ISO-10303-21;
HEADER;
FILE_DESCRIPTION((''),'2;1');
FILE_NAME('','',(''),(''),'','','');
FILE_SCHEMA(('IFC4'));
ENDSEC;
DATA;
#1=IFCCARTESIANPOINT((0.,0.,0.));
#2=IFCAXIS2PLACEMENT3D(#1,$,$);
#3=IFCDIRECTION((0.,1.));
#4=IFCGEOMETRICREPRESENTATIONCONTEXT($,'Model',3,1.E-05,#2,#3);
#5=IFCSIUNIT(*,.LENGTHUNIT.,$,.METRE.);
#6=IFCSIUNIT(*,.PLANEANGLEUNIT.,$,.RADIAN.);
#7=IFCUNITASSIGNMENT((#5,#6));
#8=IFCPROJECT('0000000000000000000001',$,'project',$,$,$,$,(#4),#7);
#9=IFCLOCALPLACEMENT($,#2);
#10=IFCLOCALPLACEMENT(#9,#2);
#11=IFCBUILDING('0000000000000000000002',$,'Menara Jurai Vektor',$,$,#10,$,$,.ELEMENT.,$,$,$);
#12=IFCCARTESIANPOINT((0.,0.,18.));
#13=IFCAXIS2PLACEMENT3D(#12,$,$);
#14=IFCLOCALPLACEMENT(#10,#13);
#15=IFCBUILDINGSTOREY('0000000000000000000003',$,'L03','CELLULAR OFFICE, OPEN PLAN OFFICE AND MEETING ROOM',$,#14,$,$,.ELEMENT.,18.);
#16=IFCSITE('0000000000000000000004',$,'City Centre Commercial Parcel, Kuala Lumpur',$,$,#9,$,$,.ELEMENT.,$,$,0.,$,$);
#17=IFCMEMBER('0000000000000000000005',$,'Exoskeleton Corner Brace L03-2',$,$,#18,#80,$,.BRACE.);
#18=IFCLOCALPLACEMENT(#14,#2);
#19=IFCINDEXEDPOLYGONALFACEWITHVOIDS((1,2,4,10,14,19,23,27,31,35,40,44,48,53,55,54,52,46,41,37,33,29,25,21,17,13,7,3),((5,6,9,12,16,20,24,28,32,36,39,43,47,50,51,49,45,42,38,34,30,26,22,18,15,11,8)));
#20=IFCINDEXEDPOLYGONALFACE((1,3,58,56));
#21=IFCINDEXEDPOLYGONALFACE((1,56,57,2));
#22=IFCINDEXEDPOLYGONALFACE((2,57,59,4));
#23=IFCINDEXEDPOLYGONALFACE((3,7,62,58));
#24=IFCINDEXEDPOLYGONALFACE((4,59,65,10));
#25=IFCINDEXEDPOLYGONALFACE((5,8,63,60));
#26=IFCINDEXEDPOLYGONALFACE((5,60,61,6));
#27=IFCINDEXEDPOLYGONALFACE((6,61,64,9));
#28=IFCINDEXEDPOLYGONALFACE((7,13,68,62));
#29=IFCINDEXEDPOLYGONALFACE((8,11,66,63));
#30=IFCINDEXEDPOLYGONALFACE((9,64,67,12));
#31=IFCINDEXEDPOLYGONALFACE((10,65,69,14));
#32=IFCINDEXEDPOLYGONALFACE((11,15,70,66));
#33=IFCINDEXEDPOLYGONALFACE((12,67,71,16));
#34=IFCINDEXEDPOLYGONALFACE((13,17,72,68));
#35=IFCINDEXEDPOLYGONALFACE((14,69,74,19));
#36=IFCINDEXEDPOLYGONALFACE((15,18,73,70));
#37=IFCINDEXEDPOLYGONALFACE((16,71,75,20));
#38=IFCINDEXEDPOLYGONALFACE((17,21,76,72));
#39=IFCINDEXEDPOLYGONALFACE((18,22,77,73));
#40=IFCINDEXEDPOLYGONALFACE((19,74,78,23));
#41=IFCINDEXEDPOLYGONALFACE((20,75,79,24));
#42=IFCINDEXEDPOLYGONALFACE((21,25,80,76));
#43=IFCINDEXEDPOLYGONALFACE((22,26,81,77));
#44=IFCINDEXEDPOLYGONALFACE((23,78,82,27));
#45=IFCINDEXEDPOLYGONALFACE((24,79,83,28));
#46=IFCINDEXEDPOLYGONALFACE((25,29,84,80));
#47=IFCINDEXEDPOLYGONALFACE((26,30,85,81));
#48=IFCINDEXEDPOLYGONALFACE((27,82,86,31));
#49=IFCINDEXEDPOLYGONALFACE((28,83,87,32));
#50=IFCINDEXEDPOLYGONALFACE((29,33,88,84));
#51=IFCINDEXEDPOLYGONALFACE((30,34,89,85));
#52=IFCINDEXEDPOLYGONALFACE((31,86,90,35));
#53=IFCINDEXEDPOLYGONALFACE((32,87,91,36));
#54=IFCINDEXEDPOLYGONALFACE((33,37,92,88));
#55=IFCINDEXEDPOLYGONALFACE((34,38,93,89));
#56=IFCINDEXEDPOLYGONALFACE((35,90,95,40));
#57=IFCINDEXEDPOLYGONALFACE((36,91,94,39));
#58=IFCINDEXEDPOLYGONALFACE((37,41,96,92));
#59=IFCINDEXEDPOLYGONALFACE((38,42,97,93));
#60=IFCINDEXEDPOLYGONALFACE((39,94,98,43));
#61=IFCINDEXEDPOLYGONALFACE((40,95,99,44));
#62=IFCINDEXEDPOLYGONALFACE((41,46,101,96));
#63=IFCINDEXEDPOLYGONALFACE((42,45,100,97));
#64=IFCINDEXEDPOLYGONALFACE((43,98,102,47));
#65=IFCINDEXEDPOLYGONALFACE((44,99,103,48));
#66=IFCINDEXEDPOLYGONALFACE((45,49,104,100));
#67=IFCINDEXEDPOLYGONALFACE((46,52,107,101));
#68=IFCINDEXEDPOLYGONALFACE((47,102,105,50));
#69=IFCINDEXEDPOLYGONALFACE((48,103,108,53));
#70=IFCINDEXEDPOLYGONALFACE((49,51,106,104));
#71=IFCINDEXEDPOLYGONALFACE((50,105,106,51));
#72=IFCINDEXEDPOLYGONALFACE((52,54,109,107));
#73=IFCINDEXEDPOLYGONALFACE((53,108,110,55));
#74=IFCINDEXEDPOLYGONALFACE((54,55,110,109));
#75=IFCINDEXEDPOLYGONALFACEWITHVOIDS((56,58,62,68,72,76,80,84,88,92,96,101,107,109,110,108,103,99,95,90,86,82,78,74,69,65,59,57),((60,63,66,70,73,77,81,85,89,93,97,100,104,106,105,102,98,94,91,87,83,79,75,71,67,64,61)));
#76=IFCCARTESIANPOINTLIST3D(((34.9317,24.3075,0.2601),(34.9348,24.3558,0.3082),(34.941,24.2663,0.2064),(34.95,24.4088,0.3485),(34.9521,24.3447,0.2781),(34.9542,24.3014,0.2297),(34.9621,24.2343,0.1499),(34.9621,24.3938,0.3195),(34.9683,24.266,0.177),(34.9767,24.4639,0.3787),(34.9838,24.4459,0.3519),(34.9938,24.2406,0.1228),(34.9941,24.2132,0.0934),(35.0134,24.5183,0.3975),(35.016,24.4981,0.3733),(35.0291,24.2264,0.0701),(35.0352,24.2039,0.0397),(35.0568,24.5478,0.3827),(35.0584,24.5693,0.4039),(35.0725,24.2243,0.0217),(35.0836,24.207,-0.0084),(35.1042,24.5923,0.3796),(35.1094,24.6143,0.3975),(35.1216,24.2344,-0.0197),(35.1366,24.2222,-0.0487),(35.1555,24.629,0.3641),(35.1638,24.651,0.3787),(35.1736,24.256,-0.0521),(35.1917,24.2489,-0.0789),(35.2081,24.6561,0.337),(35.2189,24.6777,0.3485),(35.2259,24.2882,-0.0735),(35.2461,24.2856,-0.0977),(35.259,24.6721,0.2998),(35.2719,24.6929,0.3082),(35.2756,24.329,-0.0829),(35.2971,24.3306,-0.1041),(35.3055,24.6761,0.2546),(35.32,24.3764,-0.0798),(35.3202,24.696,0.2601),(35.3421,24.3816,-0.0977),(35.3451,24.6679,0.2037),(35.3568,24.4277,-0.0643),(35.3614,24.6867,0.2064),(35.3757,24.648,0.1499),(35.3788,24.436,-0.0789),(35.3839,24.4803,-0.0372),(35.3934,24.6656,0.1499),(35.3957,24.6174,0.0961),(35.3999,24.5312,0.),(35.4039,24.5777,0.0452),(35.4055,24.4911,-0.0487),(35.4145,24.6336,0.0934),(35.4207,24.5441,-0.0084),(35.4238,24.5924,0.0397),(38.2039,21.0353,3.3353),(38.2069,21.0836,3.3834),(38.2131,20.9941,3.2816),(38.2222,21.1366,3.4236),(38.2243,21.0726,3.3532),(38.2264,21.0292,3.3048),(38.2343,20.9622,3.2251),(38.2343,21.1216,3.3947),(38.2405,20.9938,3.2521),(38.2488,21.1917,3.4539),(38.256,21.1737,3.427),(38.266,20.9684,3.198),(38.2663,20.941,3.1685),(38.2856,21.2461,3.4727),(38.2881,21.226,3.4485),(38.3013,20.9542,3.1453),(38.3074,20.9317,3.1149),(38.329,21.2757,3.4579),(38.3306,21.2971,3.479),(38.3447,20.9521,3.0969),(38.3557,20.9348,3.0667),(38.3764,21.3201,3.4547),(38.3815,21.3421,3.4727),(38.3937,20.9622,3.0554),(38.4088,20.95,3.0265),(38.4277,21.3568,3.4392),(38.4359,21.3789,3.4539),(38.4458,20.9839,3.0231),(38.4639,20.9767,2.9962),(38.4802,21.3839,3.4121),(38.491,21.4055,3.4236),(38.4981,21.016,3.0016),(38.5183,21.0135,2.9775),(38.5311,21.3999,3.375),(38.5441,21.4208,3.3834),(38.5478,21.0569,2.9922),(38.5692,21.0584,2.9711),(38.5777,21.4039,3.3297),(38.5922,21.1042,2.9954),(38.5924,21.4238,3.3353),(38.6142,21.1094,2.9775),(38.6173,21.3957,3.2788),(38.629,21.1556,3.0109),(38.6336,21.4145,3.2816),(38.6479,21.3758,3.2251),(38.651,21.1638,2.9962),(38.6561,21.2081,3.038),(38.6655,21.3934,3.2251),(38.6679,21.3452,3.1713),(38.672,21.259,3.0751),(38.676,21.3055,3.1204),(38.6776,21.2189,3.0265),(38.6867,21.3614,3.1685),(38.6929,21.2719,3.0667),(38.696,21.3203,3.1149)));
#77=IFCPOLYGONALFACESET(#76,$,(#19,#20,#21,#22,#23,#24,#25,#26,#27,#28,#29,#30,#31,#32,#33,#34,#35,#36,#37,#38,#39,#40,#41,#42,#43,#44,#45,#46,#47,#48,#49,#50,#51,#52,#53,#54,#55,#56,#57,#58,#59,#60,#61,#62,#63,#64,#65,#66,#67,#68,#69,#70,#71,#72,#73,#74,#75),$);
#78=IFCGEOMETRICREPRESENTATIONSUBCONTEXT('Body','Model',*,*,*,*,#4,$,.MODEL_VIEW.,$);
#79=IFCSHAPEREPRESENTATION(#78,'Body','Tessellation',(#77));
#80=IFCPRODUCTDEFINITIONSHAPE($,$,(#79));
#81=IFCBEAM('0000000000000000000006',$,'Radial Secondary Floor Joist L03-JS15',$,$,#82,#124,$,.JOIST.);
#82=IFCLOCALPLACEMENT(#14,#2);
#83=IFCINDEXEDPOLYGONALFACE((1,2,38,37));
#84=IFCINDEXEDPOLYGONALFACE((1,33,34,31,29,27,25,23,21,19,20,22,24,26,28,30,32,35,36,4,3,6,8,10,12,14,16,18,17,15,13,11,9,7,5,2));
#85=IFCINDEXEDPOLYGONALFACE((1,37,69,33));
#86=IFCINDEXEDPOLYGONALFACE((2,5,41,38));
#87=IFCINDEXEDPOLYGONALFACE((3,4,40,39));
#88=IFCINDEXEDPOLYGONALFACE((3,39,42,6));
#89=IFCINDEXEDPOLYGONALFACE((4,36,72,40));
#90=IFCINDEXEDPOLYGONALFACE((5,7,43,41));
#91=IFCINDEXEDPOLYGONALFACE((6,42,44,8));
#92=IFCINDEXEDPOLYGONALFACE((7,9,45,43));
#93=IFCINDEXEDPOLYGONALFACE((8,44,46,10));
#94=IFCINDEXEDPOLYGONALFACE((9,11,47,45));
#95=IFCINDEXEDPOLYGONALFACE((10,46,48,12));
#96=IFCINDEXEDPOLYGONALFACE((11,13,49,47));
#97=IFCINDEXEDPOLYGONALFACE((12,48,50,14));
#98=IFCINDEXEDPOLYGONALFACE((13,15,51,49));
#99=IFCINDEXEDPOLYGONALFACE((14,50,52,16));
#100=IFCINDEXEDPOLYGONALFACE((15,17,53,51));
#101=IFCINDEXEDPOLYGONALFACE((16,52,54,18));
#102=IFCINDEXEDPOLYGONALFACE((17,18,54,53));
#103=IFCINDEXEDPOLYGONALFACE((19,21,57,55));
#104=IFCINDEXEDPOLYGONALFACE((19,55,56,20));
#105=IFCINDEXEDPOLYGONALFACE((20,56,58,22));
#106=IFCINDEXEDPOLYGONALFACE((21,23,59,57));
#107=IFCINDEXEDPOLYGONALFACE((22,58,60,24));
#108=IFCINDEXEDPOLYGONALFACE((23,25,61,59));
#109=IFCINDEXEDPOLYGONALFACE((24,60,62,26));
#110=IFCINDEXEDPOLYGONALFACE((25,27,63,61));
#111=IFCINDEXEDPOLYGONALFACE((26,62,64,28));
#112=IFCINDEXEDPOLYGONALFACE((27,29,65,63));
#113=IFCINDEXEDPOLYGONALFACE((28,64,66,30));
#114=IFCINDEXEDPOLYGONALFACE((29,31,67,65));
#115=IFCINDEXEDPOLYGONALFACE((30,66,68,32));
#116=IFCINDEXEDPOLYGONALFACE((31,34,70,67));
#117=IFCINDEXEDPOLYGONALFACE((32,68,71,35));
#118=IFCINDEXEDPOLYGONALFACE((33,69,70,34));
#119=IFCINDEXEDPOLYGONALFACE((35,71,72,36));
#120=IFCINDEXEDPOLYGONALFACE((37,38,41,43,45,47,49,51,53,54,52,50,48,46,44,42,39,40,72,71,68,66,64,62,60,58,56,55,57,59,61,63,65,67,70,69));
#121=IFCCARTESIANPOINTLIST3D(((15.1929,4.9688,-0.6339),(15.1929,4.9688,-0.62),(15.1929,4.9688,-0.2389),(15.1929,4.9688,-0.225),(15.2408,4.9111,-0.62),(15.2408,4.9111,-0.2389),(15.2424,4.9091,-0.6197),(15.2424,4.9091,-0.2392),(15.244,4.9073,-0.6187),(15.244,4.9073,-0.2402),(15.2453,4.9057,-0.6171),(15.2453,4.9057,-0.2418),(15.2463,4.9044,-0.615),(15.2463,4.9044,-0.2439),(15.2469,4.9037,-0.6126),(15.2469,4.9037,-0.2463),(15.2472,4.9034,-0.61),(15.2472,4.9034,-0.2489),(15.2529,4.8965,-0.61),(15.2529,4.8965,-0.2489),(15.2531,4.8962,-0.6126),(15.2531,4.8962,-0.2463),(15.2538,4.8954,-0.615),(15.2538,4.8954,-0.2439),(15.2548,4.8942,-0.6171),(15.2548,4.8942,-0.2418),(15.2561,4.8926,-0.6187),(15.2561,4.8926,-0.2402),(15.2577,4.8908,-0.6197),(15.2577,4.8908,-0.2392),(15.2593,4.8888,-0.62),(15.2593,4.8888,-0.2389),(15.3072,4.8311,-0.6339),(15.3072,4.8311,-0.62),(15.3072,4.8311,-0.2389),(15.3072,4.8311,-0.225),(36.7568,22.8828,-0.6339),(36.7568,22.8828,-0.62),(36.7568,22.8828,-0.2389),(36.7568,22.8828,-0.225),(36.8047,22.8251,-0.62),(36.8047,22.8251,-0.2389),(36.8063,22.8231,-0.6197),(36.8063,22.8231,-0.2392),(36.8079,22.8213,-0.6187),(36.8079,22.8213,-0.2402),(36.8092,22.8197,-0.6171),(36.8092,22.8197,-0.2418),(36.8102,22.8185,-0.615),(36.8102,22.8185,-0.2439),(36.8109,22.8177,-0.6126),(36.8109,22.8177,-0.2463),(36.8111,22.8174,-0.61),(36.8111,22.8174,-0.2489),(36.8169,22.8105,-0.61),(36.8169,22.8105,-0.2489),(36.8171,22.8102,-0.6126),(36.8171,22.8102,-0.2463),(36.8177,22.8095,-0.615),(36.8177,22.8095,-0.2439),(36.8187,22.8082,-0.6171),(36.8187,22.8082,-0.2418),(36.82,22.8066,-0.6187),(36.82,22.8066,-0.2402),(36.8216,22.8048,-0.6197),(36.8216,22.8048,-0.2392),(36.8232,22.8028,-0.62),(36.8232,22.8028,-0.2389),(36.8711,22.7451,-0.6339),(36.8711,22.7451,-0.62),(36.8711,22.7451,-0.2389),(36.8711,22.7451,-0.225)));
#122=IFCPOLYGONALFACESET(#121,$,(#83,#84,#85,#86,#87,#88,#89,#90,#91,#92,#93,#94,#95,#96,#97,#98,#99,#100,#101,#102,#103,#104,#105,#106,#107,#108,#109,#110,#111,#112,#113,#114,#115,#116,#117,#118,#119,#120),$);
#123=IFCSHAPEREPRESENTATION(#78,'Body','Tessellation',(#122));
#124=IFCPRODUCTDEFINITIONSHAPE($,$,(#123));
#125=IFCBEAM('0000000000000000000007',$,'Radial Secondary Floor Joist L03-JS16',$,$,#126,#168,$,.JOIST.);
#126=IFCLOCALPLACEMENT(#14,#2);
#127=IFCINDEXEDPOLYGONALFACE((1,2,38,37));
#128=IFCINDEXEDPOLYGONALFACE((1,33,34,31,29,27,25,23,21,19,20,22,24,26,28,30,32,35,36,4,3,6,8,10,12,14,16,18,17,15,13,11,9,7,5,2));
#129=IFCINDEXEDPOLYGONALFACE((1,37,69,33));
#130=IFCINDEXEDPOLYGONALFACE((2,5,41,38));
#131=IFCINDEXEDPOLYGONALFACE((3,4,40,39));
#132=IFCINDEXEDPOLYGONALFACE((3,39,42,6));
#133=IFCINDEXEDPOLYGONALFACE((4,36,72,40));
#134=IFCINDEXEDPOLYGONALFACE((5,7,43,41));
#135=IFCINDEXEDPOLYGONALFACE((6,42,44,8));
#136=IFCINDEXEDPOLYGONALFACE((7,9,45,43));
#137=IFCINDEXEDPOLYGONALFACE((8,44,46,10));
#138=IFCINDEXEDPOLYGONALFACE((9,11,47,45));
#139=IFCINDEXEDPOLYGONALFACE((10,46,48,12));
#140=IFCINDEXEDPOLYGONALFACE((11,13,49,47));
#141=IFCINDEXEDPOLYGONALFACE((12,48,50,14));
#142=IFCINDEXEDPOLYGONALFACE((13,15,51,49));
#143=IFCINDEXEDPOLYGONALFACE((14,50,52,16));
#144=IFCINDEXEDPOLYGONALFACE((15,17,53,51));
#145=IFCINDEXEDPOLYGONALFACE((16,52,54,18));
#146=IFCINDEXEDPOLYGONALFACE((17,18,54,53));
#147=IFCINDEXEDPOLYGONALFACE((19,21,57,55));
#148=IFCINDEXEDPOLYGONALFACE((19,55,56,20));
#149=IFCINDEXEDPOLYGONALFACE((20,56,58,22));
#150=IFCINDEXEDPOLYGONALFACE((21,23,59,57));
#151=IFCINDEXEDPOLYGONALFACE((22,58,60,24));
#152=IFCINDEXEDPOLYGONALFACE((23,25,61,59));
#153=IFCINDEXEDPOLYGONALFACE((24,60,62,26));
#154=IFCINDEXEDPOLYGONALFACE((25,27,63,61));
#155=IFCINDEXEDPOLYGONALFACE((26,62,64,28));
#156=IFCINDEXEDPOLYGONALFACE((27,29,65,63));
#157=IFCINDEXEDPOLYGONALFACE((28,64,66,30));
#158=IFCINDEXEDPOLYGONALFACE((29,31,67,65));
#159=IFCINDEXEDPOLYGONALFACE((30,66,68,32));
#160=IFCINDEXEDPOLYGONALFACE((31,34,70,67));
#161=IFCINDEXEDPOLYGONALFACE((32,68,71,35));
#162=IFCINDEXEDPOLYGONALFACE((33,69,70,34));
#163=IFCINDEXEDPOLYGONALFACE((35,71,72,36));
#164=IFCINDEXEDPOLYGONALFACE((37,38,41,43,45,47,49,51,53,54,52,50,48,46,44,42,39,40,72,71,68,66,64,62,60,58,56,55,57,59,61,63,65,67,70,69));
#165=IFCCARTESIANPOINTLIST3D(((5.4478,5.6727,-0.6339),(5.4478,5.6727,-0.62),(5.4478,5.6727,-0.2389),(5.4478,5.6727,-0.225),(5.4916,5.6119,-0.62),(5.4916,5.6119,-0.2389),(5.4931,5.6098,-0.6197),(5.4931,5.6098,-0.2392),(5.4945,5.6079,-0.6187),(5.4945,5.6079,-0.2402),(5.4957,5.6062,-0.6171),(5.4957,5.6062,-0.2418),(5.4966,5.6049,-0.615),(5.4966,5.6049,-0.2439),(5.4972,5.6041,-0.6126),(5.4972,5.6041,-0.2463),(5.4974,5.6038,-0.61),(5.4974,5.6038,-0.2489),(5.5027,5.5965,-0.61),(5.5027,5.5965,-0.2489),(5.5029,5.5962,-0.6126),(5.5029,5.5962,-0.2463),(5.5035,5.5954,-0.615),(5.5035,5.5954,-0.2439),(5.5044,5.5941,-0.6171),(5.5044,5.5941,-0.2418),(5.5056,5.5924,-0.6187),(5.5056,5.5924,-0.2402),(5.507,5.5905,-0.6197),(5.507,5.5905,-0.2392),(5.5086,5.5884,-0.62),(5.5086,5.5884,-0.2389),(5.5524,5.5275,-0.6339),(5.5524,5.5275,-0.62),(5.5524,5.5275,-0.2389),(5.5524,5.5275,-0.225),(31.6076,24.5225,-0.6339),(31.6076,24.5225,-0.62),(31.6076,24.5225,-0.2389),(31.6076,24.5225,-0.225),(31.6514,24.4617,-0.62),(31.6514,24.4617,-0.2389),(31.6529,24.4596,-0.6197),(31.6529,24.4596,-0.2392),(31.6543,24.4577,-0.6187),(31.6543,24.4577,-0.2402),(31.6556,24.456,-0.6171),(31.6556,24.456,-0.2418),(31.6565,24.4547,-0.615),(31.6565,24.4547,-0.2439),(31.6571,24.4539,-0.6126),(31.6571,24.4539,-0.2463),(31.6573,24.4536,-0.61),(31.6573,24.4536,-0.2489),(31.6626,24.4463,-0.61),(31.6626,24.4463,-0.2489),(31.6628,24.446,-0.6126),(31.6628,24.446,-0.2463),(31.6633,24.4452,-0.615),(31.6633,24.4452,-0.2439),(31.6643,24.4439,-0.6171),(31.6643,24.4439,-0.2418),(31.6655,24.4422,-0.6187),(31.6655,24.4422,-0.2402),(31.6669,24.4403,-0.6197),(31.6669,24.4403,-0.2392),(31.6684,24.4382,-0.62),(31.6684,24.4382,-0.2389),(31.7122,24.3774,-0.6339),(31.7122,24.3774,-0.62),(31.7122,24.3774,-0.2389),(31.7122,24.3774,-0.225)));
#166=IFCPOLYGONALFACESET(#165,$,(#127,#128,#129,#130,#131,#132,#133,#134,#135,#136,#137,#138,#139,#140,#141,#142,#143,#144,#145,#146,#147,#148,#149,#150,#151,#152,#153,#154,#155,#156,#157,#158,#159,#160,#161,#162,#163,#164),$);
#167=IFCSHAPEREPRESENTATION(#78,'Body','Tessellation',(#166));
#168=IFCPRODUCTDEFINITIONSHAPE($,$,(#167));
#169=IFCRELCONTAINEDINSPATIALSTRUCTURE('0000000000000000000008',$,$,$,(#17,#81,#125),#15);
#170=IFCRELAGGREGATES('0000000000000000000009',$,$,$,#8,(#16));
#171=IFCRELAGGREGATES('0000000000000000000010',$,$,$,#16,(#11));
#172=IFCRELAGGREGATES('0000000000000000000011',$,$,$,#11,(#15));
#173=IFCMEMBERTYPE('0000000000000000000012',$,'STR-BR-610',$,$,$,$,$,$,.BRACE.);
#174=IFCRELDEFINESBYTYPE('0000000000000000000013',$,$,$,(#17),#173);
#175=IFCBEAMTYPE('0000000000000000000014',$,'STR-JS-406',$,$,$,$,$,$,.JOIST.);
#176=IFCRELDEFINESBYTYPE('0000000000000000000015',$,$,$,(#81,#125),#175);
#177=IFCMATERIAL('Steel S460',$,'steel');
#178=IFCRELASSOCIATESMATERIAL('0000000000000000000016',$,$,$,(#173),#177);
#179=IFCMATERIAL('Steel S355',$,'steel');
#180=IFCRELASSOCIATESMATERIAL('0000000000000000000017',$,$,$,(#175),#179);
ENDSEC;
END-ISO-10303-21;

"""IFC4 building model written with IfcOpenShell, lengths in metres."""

from ifc_helpers import new_model, si_unit, direction, frame, origin, origin_2d, place, context, subcontext, project, spatial, hollow_circle, i_section, extrude, material, material_profile, profile_set, type_object, element, save


model = new_model("IFC4")

# Units and contexts
model_context = context("Model", 3, precision=1e-05, world=origin(), true_north=direction((0.0, 1.0)))
body_context = subcontext(model_context, "Body", "Model", "MODEL_VIEW")
ifc_project = project(units=[si_unit("LENGTHUNIT", "METRE"), si_unit("PLANEANGLEUNIT", "RADIAN")], contexts=[model_context])

# Site, building, storey
site_placement = place(None, origin())
site = spatial("IfcSite", under=ifc_project, at=site_placement, Name="City Centre Commercial Parcel, Kuala Lumpur", CompositionType="ELEMENT", RefElevation=0.0)
building_placement = place(site_placement, origin())
building = spatial("IfcBuilding", under=site, at=building_placement, Name="Menara Jurai Vektor", CompositionType="ELEMENT")
storey_placement = place(building_placement, frame((0.0, 0.0, 18.0)))
storey = spatial("IfcBuildingStorey", under=building, at=storey_placement, Name="L03", Description="CELLULAR OFFICE, OPEN PLAN OFFICE AND MEETING ROOM", CompositionType="ELEMENT", Elevation=18.0)

# Shared definitions
ifc_material_1 = material(Name="Steel S460", Category="steel")

# Shared definitions
ifc_material_2 = material(Name="Steel S355", Category="steel")

# Member
ifc_material_profile_1 = material_profile(ifc_material_1, hollow_circle(Radius=0.3049, WallThickness=0.0249, at=origin_2d()), Name="CHS 610x25")
ifc_profile_set_1 = profile_set([ifc_material_profile_1], Name="Steel S460")
member_type_1 = type_object("IfcMemberType", Name="STR-BR-610", PredefinedType="BRACE", material=ifc_profile_set_1)
member_1_placement = place(storey_placement, frame((35.1777, 24.45, 0.1499), z_axis=(0.588928, -0.588928, 0.553469), x_axis=(0.707107, 0.707107, 0.0)))
element("IfcMember", 1, at=member_1_placement, inside=storey, type_object=member_type_1, Name="Exoskeleton Corner Brace L03-2", PredefinedType="BRACE", context=body_context, shape_type="SweptSolid", body=[
    extrude(hollow_circle(Radius=0.3049, WallThickness=0.0249, at=origin_2d()), origin(), (0.0, 0.0, 1.0), 5.5562),
])

# Beams
ifc_material_profile_2 = material_profile(ifc_material_2, i_section(OverallWidth=0.179, OverallDepth=0.4089, WebThickness=0.009, FlangeThickness=0.0139, FilletRadius=0.01, at=origin_2d()), Name="UKB 406x178x67")
ifc_profile_set_2 = profile_set([ifc_material_profile_2], Name="Steel S355")
beam_type_1 = type_object("IfcBeamType", Name="STR-JS-406", PredefinedType="JOIST", material=ifc_profile_set_2)
beam_1_placement = place(storey_placement, frame((36.814, 22.814, -0.4294), z_axis=(-0.769201, -0.639007, 0.0), x_axis=(0.639007, -0.769201, 0.0)))
element("IfcBeam", 2, at=beam_1_placement, inside=storey, type_object=beam_type_1, Name="Radial Secondary Floor Joist L03-JS15", PredefinedType="JOIST", context=body_context, shape_type="SweptSolid", body=[
    extrude(i_section(OverallWidth=0.179, OverallDepth=0.4089, WebThickness=0.009, FlangeThickness=0.0139, FilletRadius=0.01, at=origin_2d()), origin(), (0.0, 0.0, 1.0), 28.0342),
])
beam_2_placement = place(storey_placement, frame((31.6599, 24.45, -0.4294), z_axis=(-0.811318, -0.584605, 0.0), x_axis=(0.584605, -0.811318, 0.0)))
element("IfcBeam", 3, at=beam_2_placement, inside=storey, type_object=beam_type_1, Name="Radial Secondary Floor Joist L03-JS16", PredefinedType="JOIST", context=body_context, shape_type="SweptSolid", body=[
    extrude(i_section(OverallWidth=0.179, OverallDepth=0.4089, WebThickness=0.009, FlangeThickness=0.0139, FilletRadius=0.01, at=origin_2d()), origin(), (0.0, 0.0, 1.0), 32.2437),
])

save(model, "model.ifc")
